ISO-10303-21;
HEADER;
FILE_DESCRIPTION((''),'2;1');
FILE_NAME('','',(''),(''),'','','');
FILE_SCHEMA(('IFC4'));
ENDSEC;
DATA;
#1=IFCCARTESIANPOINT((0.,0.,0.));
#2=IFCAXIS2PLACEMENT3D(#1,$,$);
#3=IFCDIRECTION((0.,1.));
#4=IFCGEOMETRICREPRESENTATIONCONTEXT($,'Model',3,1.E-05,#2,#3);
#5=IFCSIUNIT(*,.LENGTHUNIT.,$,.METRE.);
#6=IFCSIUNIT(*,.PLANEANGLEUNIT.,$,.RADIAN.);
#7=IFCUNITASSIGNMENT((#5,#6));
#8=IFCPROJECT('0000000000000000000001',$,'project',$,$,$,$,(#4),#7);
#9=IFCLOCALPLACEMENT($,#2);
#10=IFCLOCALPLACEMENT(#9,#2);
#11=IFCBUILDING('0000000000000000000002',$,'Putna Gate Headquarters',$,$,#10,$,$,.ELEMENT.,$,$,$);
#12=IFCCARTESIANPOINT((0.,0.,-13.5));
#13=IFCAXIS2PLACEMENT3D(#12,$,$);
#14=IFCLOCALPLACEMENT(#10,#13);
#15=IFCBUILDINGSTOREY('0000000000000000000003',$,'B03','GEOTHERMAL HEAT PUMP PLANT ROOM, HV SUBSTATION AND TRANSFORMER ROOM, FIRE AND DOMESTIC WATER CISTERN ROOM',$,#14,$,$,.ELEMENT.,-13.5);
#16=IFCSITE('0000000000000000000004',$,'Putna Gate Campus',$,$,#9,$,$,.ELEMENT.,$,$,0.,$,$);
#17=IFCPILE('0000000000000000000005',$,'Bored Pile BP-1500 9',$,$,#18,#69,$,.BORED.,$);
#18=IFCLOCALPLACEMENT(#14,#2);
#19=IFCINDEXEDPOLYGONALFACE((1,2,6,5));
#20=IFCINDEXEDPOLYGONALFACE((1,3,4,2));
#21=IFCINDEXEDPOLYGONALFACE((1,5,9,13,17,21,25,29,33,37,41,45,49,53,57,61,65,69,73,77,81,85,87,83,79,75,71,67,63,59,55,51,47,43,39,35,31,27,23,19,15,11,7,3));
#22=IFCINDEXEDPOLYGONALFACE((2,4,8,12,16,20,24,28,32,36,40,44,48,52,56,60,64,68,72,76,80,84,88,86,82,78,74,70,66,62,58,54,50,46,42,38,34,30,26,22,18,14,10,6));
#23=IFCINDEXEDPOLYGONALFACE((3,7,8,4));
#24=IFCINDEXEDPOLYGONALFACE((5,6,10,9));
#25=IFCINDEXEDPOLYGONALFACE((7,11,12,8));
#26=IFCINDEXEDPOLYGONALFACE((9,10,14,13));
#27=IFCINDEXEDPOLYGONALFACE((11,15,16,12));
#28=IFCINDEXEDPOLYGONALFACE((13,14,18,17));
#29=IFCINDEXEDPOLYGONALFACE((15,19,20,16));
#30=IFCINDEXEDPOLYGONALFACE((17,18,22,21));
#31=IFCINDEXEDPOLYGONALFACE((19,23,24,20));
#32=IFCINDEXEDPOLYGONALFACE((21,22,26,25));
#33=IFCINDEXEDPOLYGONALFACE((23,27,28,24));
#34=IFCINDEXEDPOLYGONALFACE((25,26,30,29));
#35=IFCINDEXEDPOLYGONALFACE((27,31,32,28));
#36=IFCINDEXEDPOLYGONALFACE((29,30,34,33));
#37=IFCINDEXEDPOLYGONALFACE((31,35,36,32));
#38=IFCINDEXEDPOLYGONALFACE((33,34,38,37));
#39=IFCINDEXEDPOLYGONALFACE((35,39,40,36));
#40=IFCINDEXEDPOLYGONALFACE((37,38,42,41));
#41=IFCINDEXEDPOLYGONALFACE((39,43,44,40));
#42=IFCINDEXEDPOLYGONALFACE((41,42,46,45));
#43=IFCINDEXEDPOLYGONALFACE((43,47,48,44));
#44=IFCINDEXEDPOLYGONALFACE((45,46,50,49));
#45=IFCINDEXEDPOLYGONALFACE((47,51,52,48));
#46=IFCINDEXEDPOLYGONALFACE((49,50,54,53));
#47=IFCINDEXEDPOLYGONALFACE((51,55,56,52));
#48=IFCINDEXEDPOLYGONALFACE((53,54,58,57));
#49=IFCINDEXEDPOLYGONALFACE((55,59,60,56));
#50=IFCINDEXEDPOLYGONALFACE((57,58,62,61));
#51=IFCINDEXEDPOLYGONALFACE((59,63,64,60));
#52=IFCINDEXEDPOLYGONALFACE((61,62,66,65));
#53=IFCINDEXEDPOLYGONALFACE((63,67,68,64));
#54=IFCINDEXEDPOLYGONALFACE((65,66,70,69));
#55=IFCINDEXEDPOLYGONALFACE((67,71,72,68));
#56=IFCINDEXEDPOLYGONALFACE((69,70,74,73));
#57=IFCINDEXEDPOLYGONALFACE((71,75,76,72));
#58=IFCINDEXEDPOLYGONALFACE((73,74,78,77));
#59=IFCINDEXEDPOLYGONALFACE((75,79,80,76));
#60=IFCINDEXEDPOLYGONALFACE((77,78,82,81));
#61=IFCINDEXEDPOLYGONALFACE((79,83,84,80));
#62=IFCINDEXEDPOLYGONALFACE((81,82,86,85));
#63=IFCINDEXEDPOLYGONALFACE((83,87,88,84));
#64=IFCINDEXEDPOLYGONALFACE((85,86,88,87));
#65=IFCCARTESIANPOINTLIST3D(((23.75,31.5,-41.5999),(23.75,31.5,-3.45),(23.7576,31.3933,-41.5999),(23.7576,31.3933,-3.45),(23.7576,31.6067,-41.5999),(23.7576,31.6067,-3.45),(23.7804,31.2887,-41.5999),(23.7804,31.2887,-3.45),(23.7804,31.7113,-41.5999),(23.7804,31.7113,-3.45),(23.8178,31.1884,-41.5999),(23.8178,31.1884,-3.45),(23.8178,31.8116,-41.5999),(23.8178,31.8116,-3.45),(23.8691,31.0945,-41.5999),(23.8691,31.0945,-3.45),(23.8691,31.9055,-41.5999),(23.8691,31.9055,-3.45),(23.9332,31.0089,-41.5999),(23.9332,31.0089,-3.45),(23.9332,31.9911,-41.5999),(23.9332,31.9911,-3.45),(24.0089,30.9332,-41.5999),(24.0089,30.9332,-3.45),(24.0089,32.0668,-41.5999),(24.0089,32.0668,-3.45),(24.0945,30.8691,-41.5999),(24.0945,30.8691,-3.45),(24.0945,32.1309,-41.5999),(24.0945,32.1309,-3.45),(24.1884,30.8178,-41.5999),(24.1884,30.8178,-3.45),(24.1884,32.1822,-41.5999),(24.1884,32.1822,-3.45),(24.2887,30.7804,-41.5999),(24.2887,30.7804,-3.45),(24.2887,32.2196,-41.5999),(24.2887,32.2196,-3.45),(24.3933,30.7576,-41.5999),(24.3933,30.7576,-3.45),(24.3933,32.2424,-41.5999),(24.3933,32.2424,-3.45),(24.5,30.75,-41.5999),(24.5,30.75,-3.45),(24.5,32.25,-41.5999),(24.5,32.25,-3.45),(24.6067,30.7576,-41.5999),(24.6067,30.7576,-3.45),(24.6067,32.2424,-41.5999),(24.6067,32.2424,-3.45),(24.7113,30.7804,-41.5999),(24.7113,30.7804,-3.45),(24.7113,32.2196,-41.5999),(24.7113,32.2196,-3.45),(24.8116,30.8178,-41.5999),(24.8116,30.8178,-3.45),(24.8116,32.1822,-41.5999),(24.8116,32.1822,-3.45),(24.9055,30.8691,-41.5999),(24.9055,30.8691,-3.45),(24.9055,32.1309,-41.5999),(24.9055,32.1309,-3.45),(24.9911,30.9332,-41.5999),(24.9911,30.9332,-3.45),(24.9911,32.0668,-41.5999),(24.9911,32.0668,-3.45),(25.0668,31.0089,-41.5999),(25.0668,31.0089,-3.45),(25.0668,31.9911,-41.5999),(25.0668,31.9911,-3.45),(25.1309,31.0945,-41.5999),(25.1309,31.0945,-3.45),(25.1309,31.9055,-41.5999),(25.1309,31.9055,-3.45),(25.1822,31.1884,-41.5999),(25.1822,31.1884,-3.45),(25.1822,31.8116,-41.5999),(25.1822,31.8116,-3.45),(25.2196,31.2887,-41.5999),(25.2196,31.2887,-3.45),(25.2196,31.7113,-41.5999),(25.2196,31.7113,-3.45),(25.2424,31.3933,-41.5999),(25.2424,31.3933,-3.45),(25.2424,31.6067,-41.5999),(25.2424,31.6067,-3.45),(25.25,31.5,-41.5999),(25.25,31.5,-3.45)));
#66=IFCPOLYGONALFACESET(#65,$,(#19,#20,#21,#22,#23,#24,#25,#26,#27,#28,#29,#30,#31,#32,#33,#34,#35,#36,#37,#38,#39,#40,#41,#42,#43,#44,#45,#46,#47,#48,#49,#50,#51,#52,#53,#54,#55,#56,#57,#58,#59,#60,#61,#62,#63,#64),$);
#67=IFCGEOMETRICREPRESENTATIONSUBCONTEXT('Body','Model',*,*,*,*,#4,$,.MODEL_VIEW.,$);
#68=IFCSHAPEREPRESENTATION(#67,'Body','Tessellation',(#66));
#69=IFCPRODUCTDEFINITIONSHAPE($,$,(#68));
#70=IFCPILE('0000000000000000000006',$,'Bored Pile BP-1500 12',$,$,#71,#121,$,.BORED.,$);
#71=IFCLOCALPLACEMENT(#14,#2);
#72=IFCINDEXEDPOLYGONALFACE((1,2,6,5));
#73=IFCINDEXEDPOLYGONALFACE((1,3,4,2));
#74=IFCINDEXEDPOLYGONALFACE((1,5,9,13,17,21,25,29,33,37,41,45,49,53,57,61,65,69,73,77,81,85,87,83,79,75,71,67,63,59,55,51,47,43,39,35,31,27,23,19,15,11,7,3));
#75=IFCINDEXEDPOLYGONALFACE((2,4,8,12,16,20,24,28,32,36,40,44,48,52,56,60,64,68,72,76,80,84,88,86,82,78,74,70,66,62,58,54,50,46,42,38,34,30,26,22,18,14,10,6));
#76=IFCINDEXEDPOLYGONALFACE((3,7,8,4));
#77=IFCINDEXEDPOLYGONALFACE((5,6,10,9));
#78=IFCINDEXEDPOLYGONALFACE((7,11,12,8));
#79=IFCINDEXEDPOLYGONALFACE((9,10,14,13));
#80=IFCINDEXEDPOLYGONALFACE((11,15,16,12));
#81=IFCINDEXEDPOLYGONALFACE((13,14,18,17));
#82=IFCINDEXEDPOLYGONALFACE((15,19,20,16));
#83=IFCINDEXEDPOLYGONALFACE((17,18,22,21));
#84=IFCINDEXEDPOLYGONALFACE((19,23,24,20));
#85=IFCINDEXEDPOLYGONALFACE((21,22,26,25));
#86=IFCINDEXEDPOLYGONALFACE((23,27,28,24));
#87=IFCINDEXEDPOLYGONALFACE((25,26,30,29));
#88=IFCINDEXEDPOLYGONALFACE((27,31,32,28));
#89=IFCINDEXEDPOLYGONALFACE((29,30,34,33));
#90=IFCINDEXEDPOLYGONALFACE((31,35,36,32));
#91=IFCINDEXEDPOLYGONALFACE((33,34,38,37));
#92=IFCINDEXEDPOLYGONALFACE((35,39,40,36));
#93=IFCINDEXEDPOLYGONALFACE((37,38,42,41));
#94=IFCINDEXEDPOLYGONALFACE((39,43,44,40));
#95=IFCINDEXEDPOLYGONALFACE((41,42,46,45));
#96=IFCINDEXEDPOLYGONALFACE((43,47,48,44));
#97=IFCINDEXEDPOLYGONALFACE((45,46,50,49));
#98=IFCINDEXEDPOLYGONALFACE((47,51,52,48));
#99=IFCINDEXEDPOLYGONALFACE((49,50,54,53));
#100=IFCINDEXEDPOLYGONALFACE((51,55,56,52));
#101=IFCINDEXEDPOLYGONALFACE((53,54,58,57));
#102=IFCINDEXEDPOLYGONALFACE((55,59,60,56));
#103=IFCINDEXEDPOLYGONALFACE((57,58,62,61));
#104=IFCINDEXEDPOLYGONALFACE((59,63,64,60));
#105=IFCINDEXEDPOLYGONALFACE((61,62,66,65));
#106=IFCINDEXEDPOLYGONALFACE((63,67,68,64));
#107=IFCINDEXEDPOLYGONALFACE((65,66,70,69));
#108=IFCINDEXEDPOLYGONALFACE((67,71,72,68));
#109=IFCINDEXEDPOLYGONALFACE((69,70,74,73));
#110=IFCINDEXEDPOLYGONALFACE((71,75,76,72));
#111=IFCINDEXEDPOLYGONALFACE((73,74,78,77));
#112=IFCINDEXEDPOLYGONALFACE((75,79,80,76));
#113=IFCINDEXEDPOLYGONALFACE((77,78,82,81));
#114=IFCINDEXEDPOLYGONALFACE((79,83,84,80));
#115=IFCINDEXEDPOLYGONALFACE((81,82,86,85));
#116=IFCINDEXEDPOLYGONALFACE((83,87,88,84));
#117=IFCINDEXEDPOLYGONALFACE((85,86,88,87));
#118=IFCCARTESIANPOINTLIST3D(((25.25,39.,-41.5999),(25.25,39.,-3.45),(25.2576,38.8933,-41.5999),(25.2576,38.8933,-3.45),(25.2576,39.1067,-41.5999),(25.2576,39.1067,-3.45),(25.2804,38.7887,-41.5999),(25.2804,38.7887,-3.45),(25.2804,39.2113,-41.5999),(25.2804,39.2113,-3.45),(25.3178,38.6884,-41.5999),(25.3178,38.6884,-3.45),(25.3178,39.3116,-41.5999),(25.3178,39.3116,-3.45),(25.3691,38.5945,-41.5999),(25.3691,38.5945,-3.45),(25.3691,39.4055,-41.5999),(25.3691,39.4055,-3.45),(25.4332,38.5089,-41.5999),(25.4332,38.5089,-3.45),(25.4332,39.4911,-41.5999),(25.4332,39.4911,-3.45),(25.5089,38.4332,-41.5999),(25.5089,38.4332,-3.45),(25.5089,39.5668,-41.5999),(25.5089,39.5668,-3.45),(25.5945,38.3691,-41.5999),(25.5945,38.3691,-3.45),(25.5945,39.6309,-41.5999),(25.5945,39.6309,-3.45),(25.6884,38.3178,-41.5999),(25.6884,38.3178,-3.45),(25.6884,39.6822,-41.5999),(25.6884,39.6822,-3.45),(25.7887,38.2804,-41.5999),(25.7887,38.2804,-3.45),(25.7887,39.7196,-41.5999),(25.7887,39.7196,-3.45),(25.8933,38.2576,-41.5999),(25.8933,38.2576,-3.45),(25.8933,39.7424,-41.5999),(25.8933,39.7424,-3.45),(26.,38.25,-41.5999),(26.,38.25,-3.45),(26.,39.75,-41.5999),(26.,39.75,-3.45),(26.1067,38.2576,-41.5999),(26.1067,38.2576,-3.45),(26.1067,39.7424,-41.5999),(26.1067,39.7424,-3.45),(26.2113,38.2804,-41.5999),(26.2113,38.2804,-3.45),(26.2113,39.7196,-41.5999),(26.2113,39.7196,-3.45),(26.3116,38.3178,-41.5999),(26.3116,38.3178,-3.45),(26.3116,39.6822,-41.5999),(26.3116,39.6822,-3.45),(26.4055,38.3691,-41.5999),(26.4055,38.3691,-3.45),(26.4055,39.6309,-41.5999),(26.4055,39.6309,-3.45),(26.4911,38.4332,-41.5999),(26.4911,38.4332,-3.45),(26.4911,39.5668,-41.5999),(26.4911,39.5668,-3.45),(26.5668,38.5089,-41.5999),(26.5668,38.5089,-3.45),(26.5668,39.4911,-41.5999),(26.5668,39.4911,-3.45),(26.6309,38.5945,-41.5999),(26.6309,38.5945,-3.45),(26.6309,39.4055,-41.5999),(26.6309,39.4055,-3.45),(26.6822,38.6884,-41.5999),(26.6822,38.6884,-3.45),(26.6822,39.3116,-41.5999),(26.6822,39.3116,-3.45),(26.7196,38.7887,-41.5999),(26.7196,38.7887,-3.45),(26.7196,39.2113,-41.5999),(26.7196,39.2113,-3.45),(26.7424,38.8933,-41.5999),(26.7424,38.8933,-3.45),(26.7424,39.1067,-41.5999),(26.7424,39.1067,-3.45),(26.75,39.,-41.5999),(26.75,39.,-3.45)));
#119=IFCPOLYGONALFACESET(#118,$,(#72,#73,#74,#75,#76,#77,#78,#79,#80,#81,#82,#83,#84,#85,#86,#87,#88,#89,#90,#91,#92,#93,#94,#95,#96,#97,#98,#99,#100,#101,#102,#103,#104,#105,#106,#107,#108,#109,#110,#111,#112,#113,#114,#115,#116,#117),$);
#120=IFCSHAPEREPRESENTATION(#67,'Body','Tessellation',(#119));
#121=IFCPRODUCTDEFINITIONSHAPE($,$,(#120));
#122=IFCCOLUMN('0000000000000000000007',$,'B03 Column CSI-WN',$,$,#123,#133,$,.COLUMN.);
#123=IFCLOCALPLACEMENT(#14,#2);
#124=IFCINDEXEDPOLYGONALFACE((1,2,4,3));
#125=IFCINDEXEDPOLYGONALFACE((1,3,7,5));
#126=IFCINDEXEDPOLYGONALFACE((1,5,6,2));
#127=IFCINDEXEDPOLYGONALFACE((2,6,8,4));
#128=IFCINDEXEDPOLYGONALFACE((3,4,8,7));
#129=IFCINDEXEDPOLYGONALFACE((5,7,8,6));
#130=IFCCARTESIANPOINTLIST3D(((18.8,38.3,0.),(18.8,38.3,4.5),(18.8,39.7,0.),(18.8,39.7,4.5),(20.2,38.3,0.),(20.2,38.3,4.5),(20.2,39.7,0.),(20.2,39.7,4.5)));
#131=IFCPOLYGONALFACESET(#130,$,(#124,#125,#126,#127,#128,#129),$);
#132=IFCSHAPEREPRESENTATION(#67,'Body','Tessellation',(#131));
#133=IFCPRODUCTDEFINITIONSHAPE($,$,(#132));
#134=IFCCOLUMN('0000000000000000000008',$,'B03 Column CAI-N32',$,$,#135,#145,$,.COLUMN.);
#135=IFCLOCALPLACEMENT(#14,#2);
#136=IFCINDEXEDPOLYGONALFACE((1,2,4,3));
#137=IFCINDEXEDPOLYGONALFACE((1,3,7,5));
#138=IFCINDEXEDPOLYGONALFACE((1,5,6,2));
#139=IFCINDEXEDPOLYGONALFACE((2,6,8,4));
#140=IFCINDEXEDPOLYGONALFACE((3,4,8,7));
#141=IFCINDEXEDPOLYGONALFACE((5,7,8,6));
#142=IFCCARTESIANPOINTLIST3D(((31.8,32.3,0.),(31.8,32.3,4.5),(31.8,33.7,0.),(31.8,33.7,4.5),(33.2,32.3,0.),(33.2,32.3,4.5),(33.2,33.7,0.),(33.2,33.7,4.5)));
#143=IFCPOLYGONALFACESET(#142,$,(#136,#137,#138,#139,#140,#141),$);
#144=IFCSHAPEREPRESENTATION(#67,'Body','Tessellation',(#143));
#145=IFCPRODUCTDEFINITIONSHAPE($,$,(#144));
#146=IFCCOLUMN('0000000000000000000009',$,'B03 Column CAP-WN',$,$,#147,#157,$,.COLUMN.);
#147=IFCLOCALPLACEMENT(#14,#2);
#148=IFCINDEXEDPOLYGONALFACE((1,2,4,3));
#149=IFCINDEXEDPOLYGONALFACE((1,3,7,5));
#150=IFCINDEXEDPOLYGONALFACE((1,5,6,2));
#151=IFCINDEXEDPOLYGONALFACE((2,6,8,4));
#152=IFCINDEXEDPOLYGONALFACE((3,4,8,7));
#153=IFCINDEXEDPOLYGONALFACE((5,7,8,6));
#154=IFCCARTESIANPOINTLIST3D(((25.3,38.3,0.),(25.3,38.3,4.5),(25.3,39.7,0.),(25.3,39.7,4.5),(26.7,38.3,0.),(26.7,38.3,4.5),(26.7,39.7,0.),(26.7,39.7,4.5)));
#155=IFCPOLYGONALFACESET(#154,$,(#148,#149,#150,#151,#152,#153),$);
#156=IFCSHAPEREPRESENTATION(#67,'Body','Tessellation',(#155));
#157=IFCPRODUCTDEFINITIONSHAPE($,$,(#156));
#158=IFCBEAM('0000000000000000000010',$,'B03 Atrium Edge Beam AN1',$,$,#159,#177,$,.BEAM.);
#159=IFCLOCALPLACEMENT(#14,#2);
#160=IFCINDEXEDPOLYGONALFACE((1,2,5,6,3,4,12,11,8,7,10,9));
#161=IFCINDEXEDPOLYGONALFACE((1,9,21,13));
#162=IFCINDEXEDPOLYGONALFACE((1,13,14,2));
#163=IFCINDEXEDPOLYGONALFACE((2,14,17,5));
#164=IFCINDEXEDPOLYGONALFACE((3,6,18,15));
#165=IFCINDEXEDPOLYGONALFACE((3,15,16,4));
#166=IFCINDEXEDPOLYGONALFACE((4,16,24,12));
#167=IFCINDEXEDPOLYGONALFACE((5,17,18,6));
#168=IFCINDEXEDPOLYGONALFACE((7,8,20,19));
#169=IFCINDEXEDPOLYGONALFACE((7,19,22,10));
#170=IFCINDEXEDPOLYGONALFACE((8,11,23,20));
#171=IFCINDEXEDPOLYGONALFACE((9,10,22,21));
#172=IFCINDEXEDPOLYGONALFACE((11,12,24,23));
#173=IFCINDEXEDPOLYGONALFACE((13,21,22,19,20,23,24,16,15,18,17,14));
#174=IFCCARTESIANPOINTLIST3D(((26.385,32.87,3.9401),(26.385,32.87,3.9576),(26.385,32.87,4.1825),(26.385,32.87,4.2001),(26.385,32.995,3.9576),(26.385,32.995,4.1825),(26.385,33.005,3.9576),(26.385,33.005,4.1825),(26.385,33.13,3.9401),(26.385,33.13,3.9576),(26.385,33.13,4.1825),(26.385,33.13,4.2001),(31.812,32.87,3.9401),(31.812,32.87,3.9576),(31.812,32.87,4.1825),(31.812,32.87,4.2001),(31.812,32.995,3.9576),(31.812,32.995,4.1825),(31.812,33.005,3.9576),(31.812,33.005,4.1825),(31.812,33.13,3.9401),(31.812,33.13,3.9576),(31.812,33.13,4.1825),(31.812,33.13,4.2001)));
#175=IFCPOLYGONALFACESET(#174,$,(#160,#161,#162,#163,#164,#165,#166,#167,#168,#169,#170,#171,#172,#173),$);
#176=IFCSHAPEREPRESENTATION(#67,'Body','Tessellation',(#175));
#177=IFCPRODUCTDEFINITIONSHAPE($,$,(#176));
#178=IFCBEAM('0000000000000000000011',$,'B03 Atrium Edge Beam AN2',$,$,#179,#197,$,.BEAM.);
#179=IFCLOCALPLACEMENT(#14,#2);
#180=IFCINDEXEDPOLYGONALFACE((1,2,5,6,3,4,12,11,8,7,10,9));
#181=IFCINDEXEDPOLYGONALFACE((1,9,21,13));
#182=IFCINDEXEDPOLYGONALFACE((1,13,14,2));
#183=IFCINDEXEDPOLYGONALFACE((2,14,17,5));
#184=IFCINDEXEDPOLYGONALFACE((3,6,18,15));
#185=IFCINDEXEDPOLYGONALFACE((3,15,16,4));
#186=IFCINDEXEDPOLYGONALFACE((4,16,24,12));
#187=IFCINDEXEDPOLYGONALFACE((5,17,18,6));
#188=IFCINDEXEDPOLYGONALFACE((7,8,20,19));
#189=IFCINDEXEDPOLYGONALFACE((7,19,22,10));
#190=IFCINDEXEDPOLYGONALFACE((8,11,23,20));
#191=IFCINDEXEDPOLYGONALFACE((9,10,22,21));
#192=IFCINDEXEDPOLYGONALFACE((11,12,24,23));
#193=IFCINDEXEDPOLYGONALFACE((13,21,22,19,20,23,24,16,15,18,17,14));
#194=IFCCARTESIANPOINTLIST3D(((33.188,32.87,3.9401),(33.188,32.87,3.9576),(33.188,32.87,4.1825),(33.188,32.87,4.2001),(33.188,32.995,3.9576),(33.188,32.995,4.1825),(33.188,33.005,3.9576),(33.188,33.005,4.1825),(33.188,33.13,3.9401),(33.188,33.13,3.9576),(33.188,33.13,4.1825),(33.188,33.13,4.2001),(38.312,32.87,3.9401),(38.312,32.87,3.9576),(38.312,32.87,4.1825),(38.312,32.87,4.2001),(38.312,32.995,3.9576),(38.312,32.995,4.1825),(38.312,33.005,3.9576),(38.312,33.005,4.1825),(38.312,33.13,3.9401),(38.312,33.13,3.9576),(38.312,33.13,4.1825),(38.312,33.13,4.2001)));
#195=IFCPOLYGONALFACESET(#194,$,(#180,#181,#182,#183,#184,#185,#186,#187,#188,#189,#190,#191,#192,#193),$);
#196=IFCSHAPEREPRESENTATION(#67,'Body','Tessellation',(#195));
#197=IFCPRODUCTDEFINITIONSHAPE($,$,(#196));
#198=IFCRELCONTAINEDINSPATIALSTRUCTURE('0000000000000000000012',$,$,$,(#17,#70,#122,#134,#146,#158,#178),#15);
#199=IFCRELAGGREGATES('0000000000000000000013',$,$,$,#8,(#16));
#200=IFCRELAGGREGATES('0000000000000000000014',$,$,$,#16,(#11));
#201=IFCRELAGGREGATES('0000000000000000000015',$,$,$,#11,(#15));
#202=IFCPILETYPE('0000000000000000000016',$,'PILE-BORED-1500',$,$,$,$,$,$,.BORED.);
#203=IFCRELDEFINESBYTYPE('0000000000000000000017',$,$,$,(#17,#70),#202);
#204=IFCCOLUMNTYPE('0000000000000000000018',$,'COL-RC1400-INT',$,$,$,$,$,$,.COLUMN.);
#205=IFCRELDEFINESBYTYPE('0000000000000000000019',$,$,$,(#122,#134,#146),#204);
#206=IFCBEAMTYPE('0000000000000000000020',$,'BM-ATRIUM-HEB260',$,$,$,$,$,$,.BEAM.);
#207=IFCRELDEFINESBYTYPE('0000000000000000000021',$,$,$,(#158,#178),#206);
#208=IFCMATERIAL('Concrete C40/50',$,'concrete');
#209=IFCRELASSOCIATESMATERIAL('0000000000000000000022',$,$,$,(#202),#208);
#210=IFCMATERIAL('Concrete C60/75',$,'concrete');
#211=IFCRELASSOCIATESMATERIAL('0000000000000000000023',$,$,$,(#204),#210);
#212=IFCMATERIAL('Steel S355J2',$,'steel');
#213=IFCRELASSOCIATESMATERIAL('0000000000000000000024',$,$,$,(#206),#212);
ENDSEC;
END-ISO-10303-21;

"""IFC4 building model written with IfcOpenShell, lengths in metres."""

from ifc_helpers import new_model, si_unit, direction, frame, origin, origin_2d, place, context, subcontext, project, spatial, rectangle, circle, i_section, extrude, material, material_profile, profile_set, type_object, element, save


model = new_model("IFC4")

# Units and contexts
model_context = context("Model", 3, precision=1e-05, world=origin(), true_north=direction((0.0, 1.0)))
body_context = subcontext(model_context, "Body", "Model", "MODEL_VIEW")
ifc_project = project(units=[si_unit("LENGTHUNIT", "METRE"), si_unit("PLANEANGLEUNIT", "RADIAN")], contexts=[model_context])

# Site, building, storey
site_placement = place(None, origin())
site = spatial("IfcSite", under=ifc_project, at=site_placement, Name="Putna Gate Campus", CompositionType="ELEMENT", RefElevation=0.0)
building_placement = place(site_placement, origin())
building = spatial("IfcBuilding", under=site, at=building_placement, Name="Putna Gate Headquarters", CompositionType="ELEMENT")
storey_placement = place(building_placement, frame((0.0, 0.0, -13.5)))
storey = spatial("IfcBuildingStorey", under=building, at=storey_placement, Name="B03", Description="GEOTHERMAL HEAT PUMP PLANT ROOM, HV SUBSTATION AND TRANSFORMER ROOM, FIRE AND DOMESTIC WATER CISTERN ROOM", CompositionType="ELEMENT", Elevation=-13.5)

# Piles
ifc_material_1 = material(Name="Concrete C40/50", Category="concrete")
ifc_material_profile_1 = material_profile(ifc_material_1, circle(Radius=0.75, at=origin_2d()), Name="Concrete C40/50")
ifc_profile_set_1 = profile_set([ifc_material_profile_1], Name="Concrete C40/50")
pile_type_1 = type_object("IfcPileType", Name="PILE-BORED-1500", PredefinedType="BORED", material=ifc_profile_set_1)
for number, where, z_axis, x_axis, name in (
    (1, (24.5, 31.5, -3.45), (0.0, 0.0, -1.0), (1.0, 0.0, 0.0), "Bored Pile BP-1500 9"),
    (2, (26.0, 39.0, -3.45), (0.0, 0.0, -1.0), (1.0, 0.0, 0.0), "Bored Pile BP-1500 12"),
):
    element("IfcPile", number, at=place(storey_placement, frame(where, z_axis=z_axis, x_axis=x_axis)), inside=storey, type_object=pile_type_1, Name=name, PredefinedType="BORED", context=body_context, shape_type="SweptSolid", body=[
        extrude(circle(Radius=0.75, at=origin_2d()), origin(), (0.0, 0.0, 1.0), 38.1499),
    ])

# Columns
ifc_material_2 = material(Name="Concrete C60/75", Category="concrete")
ifc_material_profile_2 = material_profile(ifc_material_2, rectangle(XDim=1.3999, YDim=1.3999, at=origin_2d()), Name="Concrete C60/75")
ifc_profile_set_2 = profile_set([ifc_material_profile_2], Name="Concrete C60/75")
column_type = type_object("IfcColumnType", Name="COL-RC1400-INT", PredefinedType="COLUMN", material=ifc_profile_set_2)
for number, where, z_axis, x_axis, name in (
    (3, (19.5, 39.0, 0.0), (0.0, 0.0, 1.0), (1.0, 0.0, 0.0), "B03 Column CSI-WN"),
    (4, (32.5, 33.0, 0.0), (0.0, 0.0, 1.0), (1.0, 0.0, 0.0), "B03 Column CAI-N32"),
    (5, (26.0, 39.0, 0.0), (0.0, 0.0, 1.0), (1.0, 0.0, 0.0), "B03 Column CAP-WN"),
):
    element("IfcColumn", number, at=place(storey_placement, frame(where, z_axis=z_axis, x_axis=x_axis)), inside=storey, type_object=column_type, Name=name, PredefinedType="COLUMN", context=body_context, shape_type="SweptSolid", body=[
        extrude(rectangle(XDim=1.3999, YDim=1.3999, at=origin_2d()), origin(), (0.0, 0.0, 1.0), 4.5),
    ])

# Beams
ifc_material_3 = material(Name="Steel S355J2", Category="steel")
ifc_material_profile_3 = material_profile(ifc_material_3, i_section(OverallWidth=0.26, OverallDepth=0.26, WebThickness=0.01, FlangeThickness=0.0176, at=origin_2d()), Name="Steel S355J2")
ifc_profile_set_3 = profile_set([ifc_material_profile_3], Name="Steel S355J2")
beam_type_1 = type_object("IfcBeamType", Name="BM-ATRIUM-HEB260", PredefinedType="BEAM", material=ifc_profile_set_3)
beam_1_placement = place(storey_placement, frame((26.385, 33.0, 4.0701), z_axis=(1.0, 0.0, 0.0), x_axis=(0.0, 1.0, 0.0)))
element("IfcBeam", 6, at=beam_1_placement, inside=storey, type_object=beam_type_1, Name="B03 Atrium Edge Beam AN1", PredefinedType="BEAM", context=body_context, shape_type="SweptSolid", body=[
    extrude(i_section(OverallWidth=0.26, OverallDepth=0.26, WebThickness=0.01, FlangeThickness=0.0176, at=origin_2d()), origin(), (0.0, 0.0, 1.0), 5.427),
])
beam_2_placement = place(storey_placement, frame((33.188, 33.0, 4.0701), z_axis=(1.0, 0.0, 0.0), x_axis=(0.0, 1.0, 0.0)))
element("IfcBeam", 7, at=beam_2_placement, inside=storey, type_object=beam_type_1, Name="B03 Atrium Edge Beam AN2", PredefinedType="BEAM", context=body_context, shape_type="SweptSolid", body=[
    extrude(i_section(OverallWidth=0.26, OverallDepth=0.26, WebThickness=0.01, FlangeThickness=0.0176, at=origin_2d()), origin(), (0.0, 0.0, 1.0), 5.124),
])

save(model, "model.ifc")
